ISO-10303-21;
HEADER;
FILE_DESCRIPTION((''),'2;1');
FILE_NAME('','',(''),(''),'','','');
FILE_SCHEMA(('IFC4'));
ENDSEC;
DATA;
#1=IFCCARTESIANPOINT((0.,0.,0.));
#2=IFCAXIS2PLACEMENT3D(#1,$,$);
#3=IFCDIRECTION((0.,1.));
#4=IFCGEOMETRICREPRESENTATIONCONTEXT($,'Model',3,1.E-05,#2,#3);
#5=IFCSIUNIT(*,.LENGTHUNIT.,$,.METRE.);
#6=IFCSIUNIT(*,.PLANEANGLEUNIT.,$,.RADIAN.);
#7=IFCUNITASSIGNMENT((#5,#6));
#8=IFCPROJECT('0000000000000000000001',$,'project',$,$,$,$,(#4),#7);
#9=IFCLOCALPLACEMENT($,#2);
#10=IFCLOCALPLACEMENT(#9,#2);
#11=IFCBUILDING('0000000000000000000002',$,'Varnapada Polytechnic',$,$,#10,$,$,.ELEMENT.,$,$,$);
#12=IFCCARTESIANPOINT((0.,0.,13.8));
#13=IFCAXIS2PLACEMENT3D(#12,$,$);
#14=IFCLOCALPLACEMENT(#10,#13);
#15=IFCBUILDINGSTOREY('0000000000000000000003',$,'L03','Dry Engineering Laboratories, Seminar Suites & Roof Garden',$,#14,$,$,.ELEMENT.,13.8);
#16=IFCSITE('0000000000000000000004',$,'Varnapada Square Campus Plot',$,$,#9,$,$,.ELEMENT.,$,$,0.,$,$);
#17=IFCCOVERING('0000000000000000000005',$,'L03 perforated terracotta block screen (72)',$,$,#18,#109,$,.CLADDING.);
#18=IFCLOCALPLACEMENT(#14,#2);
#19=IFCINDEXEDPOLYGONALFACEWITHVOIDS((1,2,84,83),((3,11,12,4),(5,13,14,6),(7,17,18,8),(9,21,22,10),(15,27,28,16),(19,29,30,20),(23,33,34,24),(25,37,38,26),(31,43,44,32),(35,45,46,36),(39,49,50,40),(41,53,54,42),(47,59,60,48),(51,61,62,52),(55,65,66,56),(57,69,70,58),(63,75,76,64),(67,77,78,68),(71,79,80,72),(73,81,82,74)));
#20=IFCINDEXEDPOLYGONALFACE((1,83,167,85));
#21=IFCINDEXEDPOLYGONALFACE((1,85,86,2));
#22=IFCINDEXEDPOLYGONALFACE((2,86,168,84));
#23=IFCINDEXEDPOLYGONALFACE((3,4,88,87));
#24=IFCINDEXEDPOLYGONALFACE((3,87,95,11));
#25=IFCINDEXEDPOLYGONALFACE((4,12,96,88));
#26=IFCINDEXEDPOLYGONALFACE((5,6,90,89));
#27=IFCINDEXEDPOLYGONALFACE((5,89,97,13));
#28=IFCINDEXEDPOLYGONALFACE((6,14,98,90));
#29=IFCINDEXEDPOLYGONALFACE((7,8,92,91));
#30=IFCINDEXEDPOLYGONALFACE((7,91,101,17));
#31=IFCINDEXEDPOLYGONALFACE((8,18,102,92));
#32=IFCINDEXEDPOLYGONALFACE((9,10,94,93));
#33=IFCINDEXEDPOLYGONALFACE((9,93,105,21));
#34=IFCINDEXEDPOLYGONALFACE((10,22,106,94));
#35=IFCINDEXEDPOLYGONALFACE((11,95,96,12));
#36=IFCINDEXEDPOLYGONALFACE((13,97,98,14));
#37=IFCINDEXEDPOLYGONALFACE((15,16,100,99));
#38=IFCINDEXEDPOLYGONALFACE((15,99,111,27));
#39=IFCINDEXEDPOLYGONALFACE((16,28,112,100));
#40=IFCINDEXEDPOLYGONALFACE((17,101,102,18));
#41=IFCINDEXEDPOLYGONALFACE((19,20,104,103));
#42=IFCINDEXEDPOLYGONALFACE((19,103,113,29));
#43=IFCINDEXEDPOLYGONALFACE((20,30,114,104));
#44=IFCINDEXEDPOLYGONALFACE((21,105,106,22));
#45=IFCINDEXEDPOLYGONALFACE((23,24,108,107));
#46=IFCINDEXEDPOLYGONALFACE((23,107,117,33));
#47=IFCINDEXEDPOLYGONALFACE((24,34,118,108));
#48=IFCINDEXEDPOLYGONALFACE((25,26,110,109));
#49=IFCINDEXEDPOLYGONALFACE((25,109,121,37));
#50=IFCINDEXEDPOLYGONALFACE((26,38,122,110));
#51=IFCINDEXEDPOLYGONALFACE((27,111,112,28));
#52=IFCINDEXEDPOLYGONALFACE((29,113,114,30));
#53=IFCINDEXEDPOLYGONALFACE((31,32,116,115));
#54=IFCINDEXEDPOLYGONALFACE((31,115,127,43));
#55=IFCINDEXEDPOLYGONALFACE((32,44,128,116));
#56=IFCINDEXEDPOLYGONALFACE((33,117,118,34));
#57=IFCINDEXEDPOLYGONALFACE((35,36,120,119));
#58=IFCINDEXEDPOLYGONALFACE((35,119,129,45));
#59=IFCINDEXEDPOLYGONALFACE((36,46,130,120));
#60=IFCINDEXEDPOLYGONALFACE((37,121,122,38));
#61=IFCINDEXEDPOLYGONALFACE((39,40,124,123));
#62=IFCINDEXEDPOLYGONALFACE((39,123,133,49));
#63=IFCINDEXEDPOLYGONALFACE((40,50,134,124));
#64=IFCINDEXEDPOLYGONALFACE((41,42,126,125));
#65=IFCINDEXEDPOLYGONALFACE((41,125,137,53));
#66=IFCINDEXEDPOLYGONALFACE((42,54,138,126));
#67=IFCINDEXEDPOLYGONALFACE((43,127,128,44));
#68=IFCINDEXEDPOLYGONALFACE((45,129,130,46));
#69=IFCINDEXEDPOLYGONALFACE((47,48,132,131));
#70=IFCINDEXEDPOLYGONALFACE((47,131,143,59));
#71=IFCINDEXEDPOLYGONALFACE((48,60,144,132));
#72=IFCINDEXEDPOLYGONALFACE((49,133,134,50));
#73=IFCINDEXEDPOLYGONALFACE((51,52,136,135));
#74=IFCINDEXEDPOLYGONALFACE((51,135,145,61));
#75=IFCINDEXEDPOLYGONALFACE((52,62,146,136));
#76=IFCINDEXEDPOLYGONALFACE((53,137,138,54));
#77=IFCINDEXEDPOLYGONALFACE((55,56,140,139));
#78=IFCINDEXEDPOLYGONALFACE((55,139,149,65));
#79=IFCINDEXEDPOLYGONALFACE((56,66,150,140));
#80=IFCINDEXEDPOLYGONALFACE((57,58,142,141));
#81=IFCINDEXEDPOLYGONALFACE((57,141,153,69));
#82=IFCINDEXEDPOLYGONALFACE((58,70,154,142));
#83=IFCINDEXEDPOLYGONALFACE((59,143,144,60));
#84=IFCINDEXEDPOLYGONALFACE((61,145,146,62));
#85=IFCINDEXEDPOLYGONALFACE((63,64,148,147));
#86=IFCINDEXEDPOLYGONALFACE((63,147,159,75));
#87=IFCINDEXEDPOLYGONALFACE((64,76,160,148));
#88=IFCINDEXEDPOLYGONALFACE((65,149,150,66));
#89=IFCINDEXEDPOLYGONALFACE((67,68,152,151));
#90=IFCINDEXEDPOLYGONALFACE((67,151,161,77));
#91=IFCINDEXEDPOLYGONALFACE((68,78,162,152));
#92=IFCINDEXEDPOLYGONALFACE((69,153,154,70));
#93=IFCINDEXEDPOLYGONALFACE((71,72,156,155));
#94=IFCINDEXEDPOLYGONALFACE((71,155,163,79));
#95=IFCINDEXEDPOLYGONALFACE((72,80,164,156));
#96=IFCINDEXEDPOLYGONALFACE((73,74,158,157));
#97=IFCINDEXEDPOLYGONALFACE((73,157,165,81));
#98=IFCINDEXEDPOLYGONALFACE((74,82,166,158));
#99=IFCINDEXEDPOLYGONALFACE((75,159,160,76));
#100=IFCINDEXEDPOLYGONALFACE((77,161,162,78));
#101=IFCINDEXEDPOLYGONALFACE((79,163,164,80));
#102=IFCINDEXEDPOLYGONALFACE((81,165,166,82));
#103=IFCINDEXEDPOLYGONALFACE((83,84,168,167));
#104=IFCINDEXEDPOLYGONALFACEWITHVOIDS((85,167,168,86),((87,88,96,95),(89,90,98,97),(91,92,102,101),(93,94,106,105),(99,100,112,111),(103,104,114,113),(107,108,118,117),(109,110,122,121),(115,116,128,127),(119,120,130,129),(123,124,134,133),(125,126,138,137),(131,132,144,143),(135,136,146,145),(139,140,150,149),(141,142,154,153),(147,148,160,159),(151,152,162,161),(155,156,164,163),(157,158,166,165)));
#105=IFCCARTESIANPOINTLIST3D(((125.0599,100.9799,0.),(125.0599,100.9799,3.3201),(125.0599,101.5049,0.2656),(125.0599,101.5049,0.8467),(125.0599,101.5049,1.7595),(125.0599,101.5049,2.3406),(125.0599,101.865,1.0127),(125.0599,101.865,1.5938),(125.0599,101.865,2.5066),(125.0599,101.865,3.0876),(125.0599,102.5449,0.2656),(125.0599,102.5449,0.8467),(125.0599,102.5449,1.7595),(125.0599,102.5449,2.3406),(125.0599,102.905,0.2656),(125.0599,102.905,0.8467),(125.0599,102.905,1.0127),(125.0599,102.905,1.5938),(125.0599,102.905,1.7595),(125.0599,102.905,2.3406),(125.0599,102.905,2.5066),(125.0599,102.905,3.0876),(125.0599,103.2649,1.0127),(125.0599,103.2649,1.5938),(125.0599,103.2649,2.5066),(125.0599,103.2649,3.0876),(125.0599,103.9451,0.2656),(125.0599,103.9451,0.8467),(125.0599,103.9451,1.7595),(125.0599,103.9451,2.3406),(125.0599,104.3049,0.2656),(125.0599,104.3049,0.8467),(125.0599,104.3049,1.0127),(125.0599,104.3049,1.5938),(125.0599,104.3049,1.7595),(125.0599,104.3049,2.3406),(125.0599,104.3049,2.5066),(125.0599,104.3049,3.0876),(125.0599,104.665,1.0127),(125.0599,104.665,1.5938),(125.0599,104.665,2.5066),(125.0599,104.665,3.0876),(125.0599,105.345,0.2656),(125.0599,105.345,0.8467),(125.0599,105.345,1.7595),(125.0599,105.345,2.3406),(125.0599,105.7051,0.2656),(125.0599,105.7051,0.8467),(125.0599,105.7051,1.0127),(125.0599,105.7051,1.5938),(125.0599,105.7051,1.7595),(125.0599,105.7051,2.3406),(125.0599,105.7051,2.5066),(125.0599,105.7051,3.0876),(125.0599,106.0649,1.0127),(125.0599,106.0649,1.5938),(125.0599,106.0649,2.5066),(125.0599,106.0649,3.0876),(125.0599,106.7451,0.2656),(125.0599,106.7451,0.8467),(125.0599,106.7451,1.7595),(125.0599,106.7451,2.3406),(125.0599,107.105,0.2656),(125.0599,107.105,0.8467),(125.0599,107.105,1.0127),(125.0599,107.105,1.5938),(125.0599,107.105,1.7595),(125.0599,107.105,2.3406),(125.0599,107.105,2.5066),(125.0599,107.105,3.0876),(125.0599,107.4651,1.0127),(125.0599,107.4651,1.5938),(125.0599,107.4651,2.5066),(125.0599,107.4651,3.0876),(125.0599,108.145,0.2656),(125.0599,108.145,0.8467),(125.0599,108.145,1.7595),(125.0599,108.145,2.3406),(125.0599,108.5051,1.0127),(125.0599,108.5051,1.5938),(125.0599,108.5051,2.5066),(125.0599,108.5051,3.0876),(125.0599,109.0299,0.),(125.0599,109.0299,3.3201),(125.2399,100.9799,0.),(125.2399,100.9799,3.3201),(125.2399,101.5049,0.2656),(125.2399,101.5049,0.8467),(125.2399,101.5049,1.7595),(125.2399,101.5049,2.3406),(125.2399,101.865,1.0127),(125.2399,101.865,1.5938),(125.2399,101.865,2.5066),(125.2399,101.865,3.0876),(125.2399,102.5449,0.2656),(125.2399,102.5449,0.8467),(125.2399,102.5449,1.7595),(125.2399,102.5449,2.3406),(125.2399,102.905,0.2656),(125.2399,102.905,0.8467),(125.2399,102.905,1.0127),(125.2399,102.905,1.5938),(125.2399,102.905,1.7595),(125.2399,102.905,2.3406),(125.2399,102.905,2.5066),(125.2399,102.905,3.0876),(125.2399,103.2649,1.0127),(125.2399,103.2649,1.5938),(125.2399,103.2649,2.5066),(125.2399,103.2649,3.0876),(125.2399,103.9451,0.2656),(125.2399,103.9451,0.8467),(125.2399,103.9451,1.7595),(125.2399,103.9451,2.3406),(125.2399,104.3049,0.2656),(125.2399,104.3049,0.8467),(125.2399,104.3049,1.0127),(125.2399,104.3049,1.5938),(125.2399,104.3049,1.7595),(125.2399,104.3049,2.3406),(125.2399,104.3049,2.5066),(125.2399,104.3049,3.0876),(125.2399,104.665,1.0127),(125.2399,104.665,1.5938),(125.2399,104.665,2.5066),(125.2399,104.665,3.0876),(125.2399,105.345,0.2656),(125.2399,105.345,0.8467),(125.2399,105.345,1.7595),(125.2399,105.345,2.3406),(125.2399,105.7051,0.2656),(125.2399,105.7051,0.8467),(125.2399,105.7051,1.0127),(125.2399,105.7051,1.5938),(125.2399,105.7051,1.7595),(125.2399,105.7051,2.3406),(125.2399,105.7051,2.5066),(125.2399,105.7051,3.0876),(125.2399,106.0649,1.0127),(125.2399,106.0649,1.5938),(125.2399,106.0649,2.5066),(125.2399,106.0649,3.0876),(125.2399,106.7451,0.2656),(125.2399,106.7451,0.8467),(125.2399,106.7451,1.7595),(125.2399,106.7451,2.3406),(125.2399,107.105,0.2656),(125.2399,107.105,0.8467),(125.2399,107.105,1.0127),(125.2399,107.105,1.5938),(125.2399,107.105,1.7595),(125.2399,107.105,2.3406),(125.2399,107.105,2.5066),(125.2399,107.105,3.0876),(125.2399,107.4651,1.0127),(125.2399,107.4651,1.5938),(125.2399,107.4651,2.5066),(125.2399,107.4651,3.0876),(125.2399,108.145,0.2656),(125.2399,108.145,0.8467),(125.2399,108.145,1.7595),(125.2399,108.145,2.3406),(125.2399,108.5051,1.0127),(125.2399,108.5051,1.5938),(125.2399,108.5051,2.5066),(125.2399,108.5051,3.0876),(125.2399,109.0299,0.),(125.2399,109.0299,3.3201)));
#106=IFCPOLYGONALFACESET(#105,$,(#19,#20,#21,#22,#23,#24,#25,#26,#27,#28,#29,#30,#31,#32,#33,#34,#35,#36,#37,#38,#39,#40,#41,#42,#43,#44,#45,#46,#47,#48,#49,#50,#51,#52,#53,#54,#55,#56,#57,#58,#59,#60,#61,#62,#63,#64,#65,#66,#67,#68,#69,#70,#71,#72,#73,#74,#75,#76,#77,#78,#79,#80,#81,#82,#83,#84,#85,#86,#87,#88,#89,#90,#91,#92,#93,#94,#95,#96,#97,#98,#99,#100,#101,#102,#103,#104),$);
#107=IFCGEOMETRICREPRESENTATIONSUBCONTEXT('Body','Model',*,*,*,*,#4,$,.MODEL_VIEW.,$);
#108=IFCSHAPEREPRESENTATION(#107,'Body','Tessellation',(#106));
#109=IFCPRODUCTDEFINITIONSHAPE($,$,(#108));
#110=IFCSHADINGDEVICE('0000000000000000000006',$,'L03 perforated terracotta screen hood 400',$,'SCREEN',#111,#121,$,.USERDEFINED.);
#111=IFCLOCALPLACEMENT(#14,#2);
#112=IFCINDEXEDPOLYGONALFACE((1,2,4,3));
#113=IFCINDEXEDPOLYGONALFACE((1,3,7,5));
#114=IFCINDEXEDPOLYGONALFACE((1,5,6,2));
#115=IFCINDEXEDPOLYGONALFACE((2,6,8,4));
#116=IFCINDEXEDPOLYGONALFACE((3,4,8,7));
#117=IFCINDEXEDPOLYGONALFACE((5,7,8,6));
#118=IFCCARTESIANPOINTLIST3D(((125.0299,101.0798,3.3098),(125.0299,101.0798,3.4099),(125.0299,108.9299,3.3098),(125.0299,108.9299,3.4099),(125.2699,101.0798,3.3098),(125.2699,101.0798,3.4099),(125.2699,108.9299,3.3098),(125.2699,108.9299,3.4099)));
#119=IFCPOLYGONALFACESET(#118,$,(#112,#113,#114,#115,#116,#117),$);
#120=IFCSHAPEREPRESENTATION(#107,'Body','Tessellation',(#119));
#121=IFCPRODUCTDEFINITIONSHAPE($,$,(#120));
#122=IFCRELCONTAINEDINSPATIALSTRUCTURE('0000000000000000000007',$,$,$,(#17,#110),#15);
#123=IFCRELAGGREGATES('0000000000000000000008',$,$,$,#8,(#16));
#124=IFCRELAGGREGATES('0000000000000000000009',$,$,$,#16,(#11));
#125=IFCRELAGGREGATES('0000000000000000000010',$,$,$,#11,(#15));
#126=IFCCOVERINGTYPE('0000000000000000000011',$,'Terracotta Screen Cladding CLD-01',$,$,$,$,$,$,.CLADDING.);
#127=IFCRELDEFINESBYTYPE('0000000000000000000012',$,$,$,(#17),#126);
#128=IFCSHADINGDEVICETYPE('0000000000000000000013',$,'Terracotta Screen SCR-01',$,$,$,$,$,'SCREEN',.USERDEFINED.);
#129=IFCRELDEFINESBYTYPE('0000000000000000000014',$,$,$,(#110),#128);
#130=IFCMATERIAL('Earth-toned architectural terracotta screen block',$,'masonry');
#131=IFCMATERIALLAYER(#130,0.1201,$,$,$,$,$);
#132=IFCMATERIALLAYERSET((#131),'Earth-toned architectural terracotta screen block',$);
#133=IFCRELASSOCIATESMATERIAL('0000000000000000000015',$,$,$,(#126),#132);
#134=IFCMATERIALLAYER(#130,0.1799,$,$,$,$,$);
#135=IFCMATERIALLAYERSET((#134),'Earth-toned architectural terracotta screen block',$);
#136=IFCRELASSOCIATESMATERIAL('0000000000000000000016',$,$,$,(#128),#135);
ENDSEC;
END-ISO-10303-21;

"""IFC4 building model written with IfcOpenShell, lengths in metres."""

from ifc_helpers import new_model, si_unit, direction, frame, frame_2d, origin, origin_2d, place, context, subcontext, project, spatial, rectangle, extrude, material, layer, layer_set, type_object, element, save


model = new_model("IFC4")

# Units and contexts
model_context = context("Model", 3, precision=1e-05, world=origin(), true_north=direction((0.0, 1.0)))
body_context = subcontext(model_context, "Body", "Model", "MODEL_VIEW")
ifc_project = project(units=[si_unit("LENGTHUNIT", "METRE"), si_unit("PLANEANGLEUNIT", "RADIAN")], contexts=[model_context])

# Site, building, storey
site_placement = place(None, origin())
site = spatial("IfcSite", under=ifc_project, at=site_placement, Name="Varnapada Square Campus Plot", CompositionType="ELEMENT", RefElevation=0.0)
building_placement = place(site_placement, origin())
building = spatial("IfcBuilding", under=site, at=building_placement, Name="Varnapada Polytechnic", CompositionType="ELEMENT")
storey_placement = place(building_placement, frame((0.0, 0.0, 13.8)))
storey = spatial("IfcBuildingStorey", under=building, at=storey_placement, Name="L03", Description="Dry Engineering Laboratories, Seminar Suites & Roof Garden", CompositionType="ELEMENT", Elevation=13.8)

# Covering, openings
ifc_material_1 = material(Name="Earth-toned architectural terracotta screen block", Category="masonry")
ifc_layer_1 = layer(ifc_material_1, 0.1201)
ifc_layer_set_1 = layer_set([ifc_layer_1], Name="Earth-toned architectural terracotta screen block")
covering_type = type_object("IfcCoveringType", Name="Terracotta Screen Cladding CLD-01", PredefinedType="CLADDING", material=ifc_layer_set_1)
covering_placement = place(storey_placement, frame((125.1499, 100.98, 0.0), z_axis=(0.0, 0.0, 1.0), x_axis=(0.0, 1.0, 0.0)))
covering = element("IfcCovering", 1, at=covering_placement, inside=storey, type_object=covering_type, Name="L03 perforated terracotta block screen (72)", PredefinedType="CLADDING", context=body_context, shape_type="SweptSolid", body=[
    extrude(rectangle(XDim=8.05, YDim=0.1799, at=frame_2d((4.0249, 0.0))), origin(), (0.0, 0.0, 1.0), 3.3201),
])
opening_1_placement = place(covering_placement, frame((0.5249, 0.0, 0.2656)))
element("IfcOpeningElement", 2, at=opening_1_placement, cuts=covering, PredefinedType="OPENING", context=body_context, shape_type="SweptSolid", body=[
    extrude(rectangle(XDim=1.04, YDim=0.5811, at=frame_2d((0.52, 0.2905))), frame((0.0, 0.0999, 0.0), z_axis=(0.0, -1.0, 0.0), x_axis=(1.0, 0.0, 0.0)), (0.0, 0.0, 1.0), 0.2),
])
opening_2_placement = place(covering_placement, frame((1.925, 0.0, 0.2656)))
element("IfcOpeningElement", 3, at=opening_2_placement, cuts=covering, PredefinedType="OPENING", context=body_context, shape_type="SweptSolid", body=[
    extrude(rectangle(XDim=1.04, YDim=0.5811, at=frame_2d((0.52, 0.2905))), frame((0.0, 0.0999, 0.0), z_axis=(0.0, -1.0, 0.0), x_axis=(1.0, 0.0, 0.0)), (0.0, 0.0, 1.0), 0.2),
])
opening_3_placement = place(covering_placement, frame((3.325, 0.0, 0.2656)))
element("IfcOpeningElement", 4, at=opening_3_placement, cuts=covering, PredefinedType="OPENING", context=body_context, shape_type="SweptSolid", body=[
    extrude(rectangle(XDim=1.04, YDim=0.5811, at=frame_2d((0.52, 0.2905))), frame((0.0, 0.0999, 0.0), z_axis=(0.0, -1.0, 0.0), x_axis=(1.0, 0.0, 0.0)), (0.0, 0.0, 1.0), 0.2),
])
opening_4_placement = place(covering_placement, frame((4.7251, 0.0, 0.2656)))
element("IfcOpeningElement", 5, at=opening_4_placement, cuts=covering, PredefinedType="OPENING", context=body_context, shape_type="SweptSolid", body=[
    extrude(rectangle(XDim=1.04, YDim=0.5811, at=frame_2d((0.52, 0.2905))), frame((0.0, 0.0999, 0.0), z_axis=(0.0, -1.0, 0.0), x_axis=(1.0, 0.0, 0.0)), (0.0, 0.0, 1.0), 0.2),
])
opening_5_placement = place(covering_placement, frame((6.125, 0.0, 0.2656)))
element("IfcOpeningElement", 6, at=opening_5_placement, cuts=covering, PredefinedType="OPENING", context=body_context, shape_type="SweptSolid", body=[
    extrude(rectangle(XDim=1.04, YDim=0.5811, at=frame_2d((0.52, 0.2905))), frame((0.0, 0.0999, 0.0), z_axis=(0.0, -1.0, 0.0), x_axis=(1.0, 0.0, 0.0)), (0.0, 0.0, 1.0), 0.2),
])
opening_6_placement = place(covering_placement, frame((0.885, 0.0, 1.0127)))
element("IfcOpeningElement", 7, at=opening_6_placement, cuts=covering, PredefinedType="OPENING", context=body_context, shape_type="SweptSolid", body=[
    extrude(rectangle(XDim=1.04, YDim=0.5811, at=frame_2d((0.52, 0.2905))), frame((0.0, 0.0999, 0.0), z_axis=(0.0, -1.0, 0.0), x_axis=(1.0, 0.0, 0.0)), (0.0, 0.0, 1.0), 0.2),
])
opening_7_placement = place(covering_placement, frame((2.2849, 0.0, 1.0127)))
element("IfcOpeningElement", 8, at=opening_7_placement, cuts=covering, PredefinedType="OPENING", context=body_context, shape_type="SweptSolid", body=[
    extrude(rectangle(XDim=1.04, YDim=0.5811, at=frame_2d((0.52, 0.2905))), frame((0.0, 0.0999, 0.0), z_axis=(0.0, -1.0, 0.0), x_axis=(1.0, 0.0, 0.0)), (0.0, 0.0, 1.0), 0.2),
])
opening_8_placement = place(covering_placement, frame((3.6851, 0.0, 1.0127)))
element("IfcOpeningElement", 9, at=opening_8_placement, cuts=covering, PredefinedType="OPENING", context=body_context, shape_type="SweptSolid", body=[
    extrude(rectangle(XDim=1.04, YDim=0.5811, at=frame_2d((0.52, 0.2905))), frame((0.0, 0.0999, 0.0), z_axis=(0.0, -1.0, 0.0), x_axis=(1.0, 0.0, 0.0)), (0.0, 0.0, 1.0), 0.2),
])
opening_9_placement = place(covering_placement, frame((5.085, 0.0, 1.0127)))
element("IfcOpeningElement", 10, at=opening_9_placement, cuts=covering, PredefinedType="OPENING", context=body_context, shape_type="SweptSolid", body=[
    extrude(rectangle(XDim=1.04, YDim=0.5811, at=frame_2d((0.52, 0.2905))), frame((0.0, 0.0999, 0.0), z_axis=(0.0, -1.0, 0.0), x_axis=(1.0, 0.0, 0.0)), (0.0, 0.0, 1.0), 0.2),
])
opening_10_placement = place(covering_placement, frame((6.4851, 0.0, 1.0127)))
element("IfcOpeningElement", 11, at=opening_10_placement, cuts=covering, PredefinedType="OPENING", context=body_context, shape_type="SweptSolid", body=[
    extrude(rectangle(XDim=1.04, YDim=0.5811, at=frame_2d((0.52, 0.2905))), frame((0.0, 0.0999, 0.0), z_axis=(0.0, -1.0, 0.0), x_axis=(1.0, 0.0, 0.0)), (0.0, 0.0, 1.0), 0.2),
])
opening_11_placement = place(covering_placement, frame((0.5249, 0.0, 1.7595)))
element("IfcOpeningElement", 12, at=opening_11_placement, cuts=covering, PredefinedType="OPENING", context=body_context, shape_type="SweptSolid", body=[
    extrude(rectangle(XDim=1.04, YDim=0.5811, at=frame_2d((0.52, 0.2905))), frame((0.0, 0.0999, 0.0), z_axis=(0.0, -1.0, 0.0), x_axis=(1.0, 0.0, 0.0)), (0.0, 0.0, 1.0), 0.2),
])
opening_12_placement = place(covering_placement, frame((1.925, 0.0, 1.7595)))
element("IfcOpeningElement", 13, at=opening_12_placement, cuts=covering, PredefinedType="OPENING", context=body_context, shape_type="SweptSolid", body=[
    extrude(rectangle(XDim=1.04, YDim=0.5811, at=frame_2d((0.52, 0.2905))), frame((0.0, 0.0999, 0.0), z_axis=(0.0, -1.0, 0.0), x_axis=(1.0, 0.0, 0.0)), (0.0, 0.0, 1.0), 0.2),
])
opening_13_placement = place(covering_placement, frame((3.325, 0.0, 1.7595)))
element("IfcOpeningElement", 14, at=opening_13_placement, cuts=covering, PredefinedType="OPENING", context=body_context, shape_type="SweptSolid", body=[
    extrude(rectangle(XDim=1.04, YDim=0.5811, at=frame_2d((0.52, 0.2905))), frame((0.0, 0.0999, 0.0), z_axis=(0.0, -1.0, 0.0), x_axis=(1.0, 0.0, 0.0)), (0.0, 0.0, 1.0), 0.2),
])
opening_14_placement = place(covering_placement, frame((4.7251, 0.0, 1.7595)))
element("IfcOpeningElement", 15, at=opening_14_placement, cuts=covering, PredefinedType="OPENING", context=body_context, shape_type="SweptSolid", body=[
    extrude(rectangle(XDim=1.04, YDim=0.5811, at=frame_2d((0.52, 0.2905))), frame((0.0, 0.0999, 0.0), z_axis=(0.0, -1.0, 0.0), x_axis=(1.0, 0.0, 0.0)), (0.0, 0.0, 1.0), 0.2),
])
opening_15_placement = place(covering_placement, frame((6.125, 0.0, 1.7595)))
element("IfcOpeningElement", 16, at=opening_15_placement, cuts=covering, PredefinedType="OPENING", context=body_context, shape_type="SweptSolid", body=[
    extrude(rectangle(XDim=1.04, YDim=0.5811, at=frame_2d((0.52, 0.2905))), frame((0.0, 0.0999, 0.0), z_axis=(0.0, -1.0, 0.0), x_axis=(1.0, 0.0, 0.0)), (0.0, 0.0, 1.0), 0.2),
])
opening_16_placement = place(covering_placement, frame((0.885, 0.0, 2.5066)))
element("IfcOpeningElement", 17, at=opening_16_placement, cuts=covering, PredefinedType="OPENING", context=body_context, shape_type="SweptSolid", body=[
    extrude(rectangle(XDim=1.04, YDim=0.5811, at=frame_2d((0.52, 0.2905))), frame((0.0, 0.0999, 0.0), z_axis=(0.0, -1.0, 0.0), x_axis=(1.0, 0.0, 0.0)), (0.0, 0.0, 1.0), 0.2),
])
opening_17_placement = place(covering_placement, frame((2.2849, 0.0, 2.5066)))
element("IfcOpeningElement", 18, at=opening_17_placement, cuts=covering, PredefinedType="OPENING", context=body_context, shape_type="SweptSolid", body=[
    extrude(rectangle(XDim=1.04, YDim=0.5811, at=frame_2d((0.52, 0.2905))), frame((0.0, 0.0999, 0.0), z_axis=(0.0, -1.0, 0.0), x_axis=(1.0, 0.0, 0.0)), (0.0, 0.0, 1.0), 0.2),
])
opening_18_placement = place(covering_placement, frame((3.6851, 0.0, 2.5066)))
element("IfcOpeningElement", 19, at=opening_18_placement, cuts=covering, PredefinedType="OPENING", context=body_context, shape_type="SweptSolid", body=[
    extrude(rectangle(XDim=1.04, YDim=0.5811, at=frame_2d((0.52, 0.2905))), frame((0.0, 0.0999, 0.0), z_axis=(0.0, -1.0, 0.0), x_axis=(1.0, 0.0, 0.0)), (0.0, 0.0, 1.0), 0.2),
])
opening_19_placement = place(covering_placement, frame((5.085, 0.0, 2.5066)))
element("IfcOpeningElement", 20, at=opening_19_placement, cuts=covering, PredefinedType="OPENING", context=body_context, shape_type="SweptSolid", body=[
    extrude(rectangle(XDim=1.04, YDim=0.5811, at=frame_2d((0.52, 0.2905))), frame((0.0, 0.0999, 0.0), z_axis=(0.0, -1.0, 0.0), x_axis=(1.0, 0.0, 0.0)), (0.0, 0.0, 1.0), 0.2),
])
opening_20_placement = place(covering_placement, frame((6.4851, 0.0, 2.5066)))
element("IfcOpeningElement", 21, at=opening_20_placement, cuts=covering, PredefinedType="OPENING", context=body_context, shape_type="SweptSolid", body=[
    extrude(rectangle(XDim=1.04, YDim=0.5811, at=frame_2d((0.52, 0.2905))), frame((0.0, 0.0999, 0.0), z_axis=(0.0, -1.0, 0.0), x_axis=(1.0, 0.0, 0.0)), (0.0, 0.0, 1.0), 0.2),
])

# Shading device
ifc_layer_2 = layer(ifc_material_1, 0.1799)
ifc_layer_set_2 = layer_set([ifc_layer_2], Name="Earth-toned architectural terracotta screen block")
shading_device_type = type_object("IfcShadingDeviceType", Name="Terracotta Screen SCR-01", ElementType="SCREEN", PredefinedType="USERDEFINED", material=ifc_layer_set_2)
shading_device_placement = place(storey_placement, frame((125.1499, 105.0049, 3.3098), z_axis=(0.0, 0.0, 1.0), x_axis=(0.0, 1.0, 0.0)))
element("IfcShadingDevice", 22, at=shading_device_placement, inside=storey, type_object=shading_device_type, Name="L03 perforated terracotta screen hood 400", ObjectType="SCREEN", PredefinedType="USERDEFINED", context=body_context, shape_type="SweptSolid", body=[
    extrude(rectangle(XDim=7.8501, YDim=0.24, at=origin_2d()), origin(), (0.0, 0.0, 1.0), 0.1001),
])

save(model, "model.ifc")
